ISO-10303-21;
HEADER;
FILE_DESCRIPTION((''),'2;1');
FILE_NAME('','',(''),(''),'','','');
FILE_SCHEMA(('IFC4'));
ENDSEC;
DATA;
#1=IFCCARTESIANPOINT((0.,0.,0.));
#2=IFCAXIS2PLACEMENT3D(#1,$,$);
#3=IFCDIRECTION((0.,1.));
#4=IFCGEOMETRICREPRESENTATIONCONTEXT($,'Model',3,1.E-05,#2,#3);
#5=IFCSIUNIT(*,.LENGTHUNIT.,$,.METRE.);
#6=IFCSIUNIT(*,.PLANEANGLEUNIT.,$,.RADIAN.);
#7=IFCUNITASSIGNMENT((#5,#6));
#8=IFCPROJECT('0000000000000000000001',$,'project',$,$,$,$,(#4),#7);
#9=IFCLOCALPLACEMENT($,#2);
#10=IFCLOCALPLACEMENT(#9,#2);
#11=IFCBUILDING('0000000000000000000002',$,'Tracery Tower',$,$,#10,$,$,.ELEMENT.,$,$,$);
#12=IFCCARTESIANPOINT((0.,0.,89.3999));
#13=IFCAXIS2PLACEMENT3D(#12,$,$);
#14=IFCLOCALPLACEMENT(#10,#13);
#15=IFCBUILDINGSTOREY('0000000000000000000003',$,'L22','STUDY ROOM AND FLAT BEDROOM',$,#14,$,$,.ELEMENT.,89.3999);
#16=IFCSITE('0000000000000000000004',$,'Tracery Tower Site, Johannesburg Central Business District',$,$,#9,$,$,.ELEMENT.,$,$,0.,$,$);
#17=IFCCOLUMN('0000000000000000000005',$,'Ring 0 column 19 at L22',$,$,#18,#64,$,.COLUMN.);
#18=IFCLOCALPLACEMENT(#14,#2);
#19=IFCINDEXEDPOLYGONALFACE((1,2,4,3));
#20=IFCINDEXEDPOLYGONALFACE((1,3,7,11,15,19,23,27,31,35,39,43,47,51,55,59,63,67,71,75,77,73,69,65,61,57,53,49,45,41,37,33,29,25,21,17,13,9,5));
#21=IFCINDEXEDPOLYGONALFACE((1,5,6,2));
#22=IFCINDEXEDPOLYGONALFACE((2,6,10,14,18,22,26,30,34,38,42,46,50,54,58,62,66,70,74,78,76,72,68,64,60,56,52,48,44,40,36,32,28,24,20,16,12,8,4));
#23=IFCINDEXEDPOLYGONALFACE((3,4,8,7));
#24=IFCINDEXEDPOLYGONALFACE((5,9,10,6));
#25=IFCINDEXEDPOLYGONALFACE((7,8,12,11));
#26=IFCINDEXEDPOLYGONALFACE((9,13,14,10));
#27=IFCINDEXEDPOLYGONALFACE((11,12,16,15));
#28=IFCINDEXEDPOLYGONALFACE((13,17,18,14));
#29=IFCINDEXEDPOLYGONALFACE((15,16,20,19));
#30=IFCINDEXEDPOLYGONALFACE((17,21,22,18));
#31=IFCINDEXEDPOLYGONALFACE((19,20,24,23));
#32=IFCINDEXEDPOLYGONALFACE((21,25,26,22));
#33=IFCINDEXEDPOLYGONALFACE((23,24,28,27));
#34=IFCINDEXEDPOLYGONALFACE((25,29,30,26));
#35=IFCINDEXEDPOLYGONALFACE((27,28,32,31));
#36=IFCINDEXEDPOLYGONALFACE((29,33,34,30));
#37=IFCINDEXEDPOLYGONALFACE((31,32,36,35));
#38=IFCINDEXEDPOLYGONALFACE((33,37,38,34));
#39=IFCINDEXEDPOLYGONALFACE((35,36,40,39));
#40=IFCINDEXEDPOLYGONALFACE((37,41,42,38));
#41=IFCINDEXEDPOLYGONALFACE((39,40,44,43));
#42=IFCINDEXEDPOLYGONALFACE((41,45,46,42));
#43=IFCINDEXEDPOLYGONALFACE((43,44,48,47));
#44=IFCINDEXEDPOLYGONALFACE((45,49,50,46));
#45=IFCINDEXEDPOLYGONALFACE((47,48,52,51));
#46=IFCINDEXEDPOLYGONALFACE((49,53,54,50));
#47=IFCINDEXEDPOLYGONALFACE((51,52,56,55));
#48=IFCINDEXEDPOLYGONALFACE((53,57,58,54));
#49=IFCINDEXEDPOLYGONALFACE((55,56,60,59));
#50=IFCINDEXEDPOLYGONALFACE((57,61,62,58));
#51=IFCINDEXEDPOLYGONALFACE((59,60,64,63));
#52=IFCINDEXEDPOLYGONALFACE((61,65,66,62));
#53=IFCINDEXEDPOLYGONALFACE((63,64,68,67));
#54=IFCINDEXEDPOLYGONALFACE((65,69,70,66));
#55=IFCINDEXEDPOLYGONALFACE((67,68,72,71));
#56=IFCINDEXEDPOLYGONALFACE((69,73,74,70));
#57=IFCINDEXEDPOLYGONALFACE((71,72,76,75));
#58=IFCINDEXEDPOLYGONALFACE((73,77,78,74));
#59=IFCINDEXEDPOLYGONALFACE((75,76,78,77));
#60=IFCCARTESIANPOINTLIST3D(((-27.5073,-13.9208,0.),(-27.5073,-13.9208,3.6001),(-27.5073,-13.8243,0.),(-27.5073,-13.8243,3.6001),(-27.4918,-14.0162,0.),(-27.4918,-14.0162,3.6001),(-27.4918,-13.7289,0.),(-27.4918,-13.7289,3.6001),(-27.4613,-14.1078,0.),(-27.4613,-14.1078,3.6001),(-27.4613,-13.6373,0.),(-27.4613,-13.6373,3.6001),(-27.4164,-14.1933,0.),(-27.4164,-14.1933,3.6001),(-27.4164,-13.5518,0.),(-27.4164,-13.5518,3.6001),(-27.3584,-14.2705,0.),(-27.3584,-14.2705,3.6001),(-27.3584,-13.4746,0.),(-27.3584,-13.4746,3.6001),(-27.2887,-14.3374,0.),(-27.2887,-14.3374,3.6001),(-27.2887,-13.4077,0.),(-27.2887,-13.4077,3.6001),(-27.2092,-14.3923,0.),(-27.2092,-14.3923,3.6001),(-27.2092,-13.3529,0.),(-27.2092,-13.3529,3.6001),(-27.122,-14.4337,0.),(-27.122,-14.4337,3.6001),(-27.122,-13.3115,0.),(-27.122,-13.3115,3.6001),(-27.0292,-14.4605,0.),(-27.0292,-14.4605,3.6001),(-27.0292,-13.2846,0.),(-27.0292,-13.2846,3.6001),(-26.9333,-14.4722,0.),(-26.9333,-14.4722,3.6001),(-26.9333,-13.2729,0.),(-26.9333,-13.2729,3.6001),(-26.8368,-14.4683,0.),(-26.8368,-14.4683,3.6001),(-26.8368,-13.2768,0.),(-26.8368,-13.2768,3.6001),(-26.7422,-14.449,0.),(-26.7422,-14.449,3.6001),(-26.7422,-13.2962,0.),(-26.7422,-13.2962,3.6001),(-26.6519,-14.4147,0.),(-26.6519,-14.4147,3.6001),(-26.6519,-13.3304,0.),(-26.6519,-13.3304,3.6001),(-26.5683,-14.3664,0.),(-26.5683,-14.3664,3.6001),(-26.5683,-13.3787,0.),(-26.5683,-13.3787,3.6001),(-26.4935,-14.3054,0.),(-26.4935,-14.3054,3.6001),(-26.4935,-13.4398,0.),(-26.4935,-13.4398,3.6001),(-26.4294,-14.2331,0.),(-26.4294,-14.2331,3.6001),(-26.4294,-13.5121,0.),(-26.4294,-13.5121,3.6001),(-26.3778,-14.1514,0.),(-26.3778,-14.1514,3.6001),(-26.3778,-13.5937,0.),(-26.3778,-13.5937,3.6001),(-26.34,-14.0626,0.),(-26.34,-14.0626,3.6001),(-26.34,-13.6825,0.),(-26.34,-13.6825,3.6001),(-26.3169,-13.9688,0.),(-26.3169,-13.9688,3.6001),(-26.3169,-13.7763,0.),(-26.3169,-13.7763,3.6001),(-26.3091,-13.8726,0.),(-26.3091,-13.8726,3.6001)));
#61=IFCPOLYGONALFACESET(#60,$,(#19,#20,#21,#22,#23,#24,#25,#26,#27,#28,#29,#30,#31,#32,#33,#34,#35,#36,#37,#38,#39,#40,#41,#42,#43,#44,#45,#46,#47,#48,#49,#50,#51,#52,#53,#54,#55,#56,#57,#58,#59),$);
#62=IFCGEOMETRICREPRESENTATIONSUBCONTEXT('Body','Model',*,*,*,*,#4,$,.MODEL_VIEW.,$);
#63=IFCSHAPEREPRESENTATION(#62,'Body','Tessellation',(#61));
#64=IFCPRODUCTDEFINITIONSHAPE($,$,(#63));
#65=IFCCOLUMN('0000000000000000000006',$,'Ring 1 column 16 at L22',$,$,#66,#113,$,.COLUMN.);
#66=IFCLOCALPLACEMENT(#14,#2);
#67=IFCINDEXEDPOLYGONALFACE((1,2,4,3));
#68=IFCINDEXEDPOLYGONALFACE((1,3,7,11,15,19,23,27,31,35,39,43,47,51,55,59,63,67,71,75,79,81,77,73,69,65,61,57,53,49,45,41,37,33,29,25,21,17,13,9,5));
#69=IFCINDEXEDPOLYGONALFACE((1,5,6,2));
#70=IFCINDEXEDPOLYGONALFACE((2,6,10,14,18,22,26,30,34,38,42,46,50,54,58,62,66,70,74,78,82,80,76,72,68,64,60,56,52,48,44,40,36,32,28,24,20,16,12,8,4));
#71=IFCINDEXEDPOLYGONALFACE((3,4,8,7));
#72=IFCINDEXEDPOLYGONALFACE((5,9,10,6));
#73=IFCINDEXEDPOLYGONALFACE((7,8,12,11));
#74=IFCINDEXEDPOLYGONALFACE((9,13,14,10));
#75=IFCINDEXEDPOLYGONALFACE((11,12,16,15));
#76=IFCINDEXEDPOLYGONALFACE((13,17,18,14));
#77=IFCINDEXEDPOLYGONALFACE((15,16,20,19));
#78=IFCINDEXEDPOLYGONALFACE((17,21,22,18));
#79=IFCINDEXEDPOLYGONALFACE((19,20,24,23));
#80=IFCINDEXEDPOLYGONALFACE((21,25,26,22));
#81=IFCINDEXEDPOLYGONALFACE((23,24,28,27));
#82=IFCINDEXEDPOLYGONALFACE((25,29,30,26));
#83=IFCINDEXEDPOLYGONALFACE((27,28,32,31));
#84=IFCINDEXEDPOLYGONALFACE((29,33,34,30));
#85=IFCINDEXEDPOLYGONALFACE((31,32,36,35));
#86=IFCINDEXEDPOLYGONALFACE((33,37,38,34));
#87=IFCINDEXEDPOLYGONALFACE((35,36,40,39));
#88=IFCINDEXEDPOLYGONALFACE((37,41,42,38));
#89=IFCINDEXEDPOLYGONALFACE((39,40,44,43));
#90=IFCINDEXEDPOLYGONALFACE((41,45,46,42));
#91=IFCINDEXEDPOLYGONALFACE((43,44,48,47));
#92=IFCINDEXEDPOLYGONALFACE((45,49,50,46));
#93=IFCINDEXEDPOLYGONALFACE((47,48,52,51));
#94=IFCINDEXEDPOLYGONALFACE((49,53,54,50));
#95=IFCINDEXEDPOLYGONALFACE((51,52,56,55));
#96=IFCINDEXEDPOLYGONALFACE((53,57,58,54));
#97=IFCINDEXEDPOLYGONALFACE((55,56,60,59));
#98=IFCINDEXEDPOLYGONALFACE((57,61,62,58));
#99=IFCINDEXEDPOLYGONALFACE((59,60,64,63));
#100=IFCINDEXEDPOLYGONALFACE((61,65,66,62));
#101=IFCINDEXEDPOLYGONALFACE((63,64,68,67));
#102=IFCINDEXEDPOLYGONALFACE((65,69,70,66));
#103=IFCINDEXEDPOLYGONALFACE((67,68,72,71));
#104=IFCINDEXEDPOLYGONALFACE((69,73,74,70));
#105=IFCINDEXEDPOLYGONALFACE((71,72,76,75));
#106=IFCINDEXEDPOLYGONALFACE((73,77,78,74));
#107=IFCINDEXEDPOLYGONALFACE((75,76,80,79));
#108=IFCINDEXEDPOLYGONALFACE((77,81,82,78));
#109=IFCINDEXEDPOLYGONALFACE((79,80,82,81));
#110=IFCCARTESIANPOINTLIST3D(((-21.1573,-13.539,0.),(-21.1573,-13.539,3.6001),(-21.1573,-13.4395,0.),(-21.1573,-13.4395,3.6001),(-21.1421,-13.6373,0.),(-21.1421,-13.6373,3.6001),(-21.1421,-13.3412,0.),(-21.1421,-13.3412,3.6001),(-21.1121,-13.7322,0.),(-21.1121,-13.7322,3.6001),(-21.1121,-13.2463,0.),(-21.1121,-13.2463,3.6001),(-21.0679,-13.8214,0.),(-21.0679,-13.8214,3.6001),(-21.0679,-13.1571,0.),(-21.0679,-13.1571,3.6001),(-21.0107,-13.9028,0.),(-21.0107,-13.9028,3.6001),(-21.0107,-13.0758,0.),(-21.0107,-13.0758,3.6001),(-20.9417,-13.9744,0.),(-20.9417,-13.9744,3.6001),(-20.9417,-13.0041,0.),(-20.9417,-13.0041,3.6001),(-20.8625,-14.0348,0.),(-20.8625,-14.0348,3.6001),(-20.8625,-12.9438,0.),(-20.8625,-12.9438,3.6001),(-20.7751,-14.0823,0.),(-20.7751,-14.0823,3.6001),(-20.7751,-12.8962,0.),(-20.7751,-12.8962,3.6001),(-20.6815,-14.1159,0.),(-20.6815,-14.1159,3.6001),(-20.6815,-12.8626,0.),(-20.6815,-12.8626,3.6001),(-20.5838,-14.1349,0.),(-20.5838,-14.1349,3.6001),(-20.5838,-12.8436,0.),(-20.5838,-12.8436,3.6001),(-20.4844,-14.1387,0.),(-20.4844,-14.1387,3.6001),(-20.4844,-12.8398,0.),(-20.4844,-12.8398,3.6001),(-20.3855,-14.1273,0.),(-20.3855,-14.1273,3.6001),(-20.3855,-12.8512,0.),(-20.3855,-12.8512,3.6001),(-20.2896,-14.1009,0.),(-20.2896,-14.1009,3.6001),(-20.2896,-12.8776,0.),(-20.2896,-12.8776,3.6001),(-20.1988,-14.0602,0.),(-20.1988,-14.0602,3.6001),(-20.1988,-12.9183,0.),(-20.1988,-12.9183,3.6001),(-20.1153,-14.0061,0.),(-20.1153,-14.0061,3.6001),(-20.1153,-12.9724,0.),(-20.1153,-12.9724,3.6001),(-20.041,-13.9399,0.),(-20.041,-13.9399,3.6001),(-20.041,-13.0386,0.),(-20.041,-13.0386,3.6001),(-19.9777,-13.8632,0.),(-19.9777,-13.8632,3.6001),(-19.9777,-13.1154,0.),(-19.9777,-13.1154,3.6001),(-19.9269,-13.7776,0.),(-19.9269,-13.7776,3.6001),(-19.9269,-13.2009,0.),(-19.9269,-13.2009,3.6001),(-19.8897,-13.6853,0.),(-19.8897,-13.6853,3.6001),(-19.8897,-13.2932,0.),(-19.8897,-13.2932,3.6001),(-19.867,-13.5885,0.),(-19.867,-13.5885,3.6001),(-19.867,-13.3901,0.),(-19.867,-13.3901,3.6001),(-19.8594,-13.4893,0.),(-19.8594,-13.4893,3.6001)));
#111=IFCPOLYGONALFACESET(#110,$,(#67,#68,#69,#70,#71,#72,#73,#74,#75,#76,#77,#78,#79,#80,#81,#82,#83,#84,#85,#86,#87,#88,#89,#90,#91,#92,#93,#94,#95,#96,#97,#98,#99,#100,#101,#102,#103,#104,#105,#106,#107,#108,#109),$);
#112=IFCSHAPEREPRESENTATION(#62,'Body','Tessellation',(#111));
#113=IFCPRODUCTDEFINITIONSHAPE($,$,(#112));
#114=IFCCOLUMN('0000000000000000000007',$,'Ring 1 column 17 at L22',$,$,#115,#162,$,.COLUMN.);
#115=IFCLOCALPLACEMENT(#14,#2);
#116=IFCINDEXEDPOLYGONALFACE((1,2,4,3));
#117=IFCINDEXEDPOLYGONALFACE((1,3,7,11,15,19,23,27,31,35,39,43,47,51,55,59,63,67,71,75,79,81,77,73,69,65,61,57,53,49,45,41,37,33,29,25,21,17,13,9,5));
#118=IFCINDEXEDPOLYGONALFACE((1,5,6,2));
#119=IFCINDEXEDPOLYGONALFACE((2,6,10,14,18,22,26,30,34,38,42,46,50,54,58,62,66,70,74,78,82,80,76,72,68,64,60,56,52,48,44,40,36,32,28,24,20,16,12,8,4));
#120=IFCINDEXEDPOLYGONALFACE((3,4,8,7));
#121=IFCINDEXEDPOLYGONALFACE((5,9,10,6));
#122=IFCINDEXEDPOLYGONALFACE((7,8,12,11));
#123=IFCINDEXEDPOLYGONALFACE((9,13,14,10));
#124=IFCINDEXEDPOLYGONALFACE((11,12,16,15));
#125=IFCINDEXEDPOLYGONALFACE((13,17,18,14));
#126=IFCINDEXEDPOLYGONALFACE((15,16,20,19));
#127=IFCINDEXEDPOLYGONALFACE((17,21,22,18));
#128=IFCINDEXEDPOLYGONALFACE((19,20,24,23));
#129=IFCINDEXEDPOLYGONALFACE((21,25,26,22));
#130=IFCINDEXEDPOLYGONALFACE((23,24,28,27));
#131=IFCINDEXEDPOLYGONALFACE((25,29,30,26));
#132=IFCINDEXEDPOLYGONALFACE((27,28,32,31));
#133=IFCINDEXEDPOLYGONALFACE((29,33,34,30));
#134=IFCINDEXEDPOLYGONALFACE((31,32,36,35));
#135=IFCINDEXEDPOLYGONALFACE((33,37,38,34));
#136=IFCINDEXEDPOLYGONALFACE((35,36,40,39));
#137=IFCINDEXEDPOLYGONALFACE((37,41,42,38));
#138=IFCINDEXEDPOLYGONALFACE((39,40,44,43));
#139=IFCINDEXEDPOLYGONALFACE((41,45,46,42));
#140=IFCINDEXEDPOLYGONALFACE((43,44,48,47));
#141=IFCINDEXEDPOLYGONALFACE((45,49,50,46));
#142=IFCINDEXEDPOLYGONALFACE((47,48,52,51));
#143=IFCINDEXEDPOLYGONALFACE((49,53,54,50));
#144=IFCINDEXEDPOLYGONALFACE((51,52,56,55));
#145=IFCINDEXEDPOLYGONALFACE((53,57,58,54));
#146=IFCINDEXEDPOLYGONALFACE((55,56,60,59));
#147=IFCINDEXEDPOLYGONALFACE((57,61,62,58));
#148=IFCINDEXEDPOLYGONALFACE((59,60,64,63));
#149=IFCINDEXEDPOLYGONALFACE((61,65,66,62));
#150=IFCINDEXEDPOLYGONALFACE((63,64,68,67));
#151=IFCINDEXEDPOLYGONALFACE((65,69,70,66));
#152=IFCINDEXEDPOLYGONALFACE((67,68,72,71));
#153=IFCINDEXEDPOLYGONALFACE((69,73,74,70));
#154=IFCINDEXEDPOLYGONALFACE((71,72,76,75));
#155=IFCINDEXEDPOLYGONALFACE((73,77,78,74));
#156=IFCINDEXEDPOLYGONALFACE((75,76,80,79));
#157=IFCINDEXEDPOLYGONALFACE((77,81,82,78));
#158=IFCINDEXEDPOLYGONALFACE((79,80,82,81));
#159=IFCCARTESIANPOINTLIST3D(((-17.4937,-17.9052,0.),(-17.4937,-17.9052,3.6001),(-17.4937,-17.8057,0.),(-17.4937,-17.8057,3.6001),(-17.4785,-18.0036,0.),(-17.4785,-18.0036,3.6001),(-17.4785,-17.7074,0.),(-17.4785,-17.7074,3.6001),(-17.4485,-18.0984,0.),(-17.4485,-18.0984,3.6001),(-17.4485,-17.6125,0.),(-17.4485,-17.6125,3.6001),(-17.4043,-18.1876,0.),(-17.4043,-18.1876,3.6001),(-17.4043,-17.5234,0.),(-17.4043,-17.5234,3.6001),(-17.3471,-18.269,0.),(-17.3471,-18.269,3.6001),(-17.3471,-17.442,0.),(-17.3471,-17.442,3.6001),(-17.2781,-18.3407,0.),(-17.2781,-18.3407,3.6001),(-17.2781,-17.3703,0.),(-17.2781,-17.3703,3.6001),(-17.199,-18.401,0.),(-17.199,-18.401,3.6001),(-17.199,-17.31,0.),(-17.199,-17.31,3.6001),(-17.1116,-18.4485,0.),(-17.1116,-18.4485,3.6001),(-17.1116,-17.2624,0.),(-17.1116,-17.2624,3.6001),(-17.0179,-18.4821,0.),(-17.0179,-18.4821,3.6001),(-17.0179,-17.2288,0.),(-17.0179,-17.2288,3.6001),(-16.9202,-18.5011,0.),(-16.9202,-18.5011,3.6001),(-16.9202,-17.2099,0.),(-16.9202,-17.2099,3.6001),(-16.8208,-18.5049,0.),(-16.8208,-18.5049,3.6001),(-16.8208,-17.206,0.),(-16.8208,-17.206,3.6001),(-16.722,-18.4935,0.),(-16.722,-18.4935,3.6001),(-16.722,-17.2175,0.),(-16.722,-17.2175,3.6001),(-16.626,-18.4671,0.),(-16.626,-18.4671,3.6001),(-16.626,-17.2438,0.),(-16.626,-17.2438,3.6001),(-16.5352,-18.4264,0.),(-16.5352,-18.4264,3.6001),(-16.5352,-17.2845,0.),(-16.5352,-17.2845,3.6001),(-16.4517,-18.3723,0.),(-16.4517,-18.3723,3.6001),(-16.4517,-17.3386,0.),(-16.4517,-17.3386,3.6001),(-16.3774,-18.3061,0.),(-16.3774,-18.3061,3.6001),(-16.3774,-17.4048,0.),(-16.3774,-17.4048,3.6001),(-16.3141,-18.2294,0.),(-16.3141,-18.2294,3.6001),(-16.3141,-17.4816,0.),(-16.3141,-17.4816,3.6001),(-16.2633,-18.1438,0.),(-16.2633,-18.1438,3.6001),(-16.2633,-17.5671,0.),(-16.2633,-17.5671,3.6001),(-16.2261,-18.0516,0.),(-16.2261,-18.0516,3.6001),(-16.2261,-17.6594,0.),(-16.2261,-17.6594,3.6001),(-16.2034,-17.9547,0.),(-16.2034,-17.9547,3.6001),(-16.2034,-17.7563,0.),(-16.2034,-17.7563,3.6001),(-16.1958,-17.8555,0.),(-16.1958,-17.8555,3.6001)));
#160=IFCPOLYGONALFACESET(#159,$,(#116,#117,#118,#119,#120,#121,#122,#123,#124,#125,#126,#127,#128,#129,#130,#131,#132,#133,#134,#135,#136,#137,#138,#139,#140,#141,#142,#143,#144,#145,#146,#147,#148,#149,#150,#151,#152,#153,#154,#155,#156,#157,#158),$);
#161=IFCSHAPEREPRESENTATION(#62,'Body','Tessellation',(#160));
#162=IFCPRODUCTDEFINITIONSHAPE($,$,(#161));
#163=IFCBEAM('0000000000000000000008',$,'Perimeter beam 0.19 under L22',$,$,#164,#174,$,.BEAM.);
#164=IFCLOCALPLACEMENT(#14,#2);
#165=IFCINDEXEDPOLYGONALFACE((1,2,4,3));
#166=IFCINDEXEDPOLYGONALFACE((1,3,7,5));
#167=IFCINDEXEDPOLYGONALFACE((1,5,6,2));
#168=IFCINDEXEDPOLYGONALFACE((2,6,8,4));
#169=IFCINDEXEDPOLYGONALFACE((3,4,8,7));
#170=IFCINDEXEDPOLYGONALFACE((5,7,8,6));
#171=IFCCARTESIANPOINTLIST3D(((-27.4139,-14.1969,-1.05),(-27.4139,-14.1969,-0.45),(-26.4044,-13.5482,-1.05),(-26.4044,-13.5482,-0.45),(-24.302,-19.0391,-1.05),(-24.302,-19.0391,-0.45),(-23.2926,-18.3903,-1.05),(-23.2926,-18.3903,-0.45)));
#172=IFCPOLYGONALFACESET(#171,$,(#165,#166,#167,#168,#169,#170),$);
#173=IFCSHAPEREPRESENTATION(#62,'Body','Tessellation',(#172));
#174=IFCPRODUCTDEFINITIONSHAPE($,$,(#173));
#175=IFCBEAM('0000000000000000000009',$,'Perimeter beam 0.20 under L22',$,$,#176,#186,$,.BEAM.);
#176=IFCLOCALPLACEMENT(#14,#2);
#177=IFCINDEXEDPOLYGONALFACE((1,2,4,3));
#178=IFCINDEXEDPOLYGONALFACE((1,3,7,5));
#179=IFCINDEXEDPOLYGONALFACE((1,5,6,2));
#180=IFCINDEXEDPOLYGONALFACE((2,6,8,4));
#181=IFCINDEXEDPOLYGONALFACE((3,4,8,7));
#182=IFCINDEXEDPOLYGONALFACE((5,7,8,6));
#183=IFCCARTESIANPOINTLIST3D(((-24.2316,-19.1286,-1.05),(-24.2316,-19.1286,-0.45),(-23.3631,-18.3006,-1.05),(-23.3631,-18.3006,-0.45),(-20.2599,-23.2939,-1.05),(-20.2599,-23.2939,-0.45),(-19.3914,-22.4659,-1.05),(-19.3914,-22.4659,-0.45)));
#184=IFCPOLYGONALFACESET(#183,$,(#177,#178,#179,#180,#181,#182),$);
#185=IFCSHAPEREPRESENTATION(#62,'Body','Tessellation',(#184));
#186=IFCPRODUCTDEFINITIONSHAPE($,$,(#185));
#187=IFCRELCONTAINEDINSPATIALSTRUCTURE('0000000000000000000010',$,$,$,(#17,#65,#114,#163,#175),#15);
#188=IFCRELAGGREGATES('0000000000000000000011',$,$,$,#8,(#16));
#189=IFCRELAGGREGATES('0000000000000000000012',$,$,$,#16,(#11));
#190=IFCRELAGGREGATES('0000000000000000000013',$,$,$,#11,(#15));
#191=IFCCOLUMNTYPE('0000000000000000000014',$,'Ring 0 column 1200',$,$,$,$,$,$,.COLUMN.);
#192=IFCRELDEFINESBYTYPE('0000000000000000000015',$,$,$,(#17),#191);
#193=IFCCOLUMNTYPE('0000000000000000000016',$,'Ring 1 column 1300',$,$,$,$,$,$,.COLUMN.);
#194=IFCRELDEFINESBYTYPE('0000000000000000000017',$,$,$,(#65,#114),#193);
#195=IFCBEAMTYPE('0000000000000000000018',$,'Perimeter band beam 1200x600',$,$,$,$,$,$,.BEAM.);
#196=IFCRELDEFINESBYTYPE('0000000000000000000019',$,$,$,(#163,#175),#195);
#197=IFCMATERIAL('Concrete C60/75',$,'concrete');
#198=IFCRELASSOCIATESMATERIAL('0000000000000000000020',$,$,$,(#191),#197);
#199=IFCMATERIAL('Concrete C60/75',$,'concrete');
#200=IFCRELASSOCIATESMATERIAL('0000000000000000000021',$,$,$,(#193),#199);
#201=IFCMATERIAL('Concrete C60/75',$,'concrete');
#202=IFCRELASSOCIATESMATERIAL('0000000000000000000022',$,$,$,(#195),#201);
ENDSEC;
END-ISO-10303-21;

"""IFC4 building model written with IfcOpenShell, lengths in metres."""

from ifc_helpers import new_model, si_unit, direction, frame, origin, origin_2d, place, context, subcontext, project, spatial, rectangle, circle, extrude, material, material_profile, profile_set, type_object, element, save


model = new_model("IFC4")

# Units and contexts
model_context = context("Model", 3, precision=1e-05, world=origin(), true_north=direction((0.0, 1.0)))
body_context = subcontext(model_context, "Body", "Model", "MODEL_VIEW")
ifc_project = project(units=[si_unit("LENGTHUNIT", "METRE"), si_unit("PLANEANGLEUNIT", "RADIAN")], contexts=[model_context])

# Site, building, storey
site_placement = place(None, origin())
site = spatial("IfcSite", under=ifc_project, at=site_placement, Name="Tracery Tower Site, Johannesburg Central Business District", CompositionType="ELEMENT", RefElevation=0.0)
building_placement = place(site_placement, origin())
building = spatial("IfcBuilding", under=site, at=building_placement, Name="Tracery Tower", CompositionType="ELEMENT")
storey_placement = place(building_placement, frame((0.0, 0.0, 89.3999)))
storey = spatial("IfcBuildingStorey", under=building, at=storey_placement, Name="L22", Description="STUDY ROOM AND FLAT BEDROOM", CompositionType="ELEMENT", Elevation=89.3999)

# Columns
ifc_material_1 = material(Name="Concrete C60/75", Category="concrete")
ifc_material_profile_1 = material_profile(ifc_material_1, circle(Radius=0.6001, at=origin_2d()), Name="RC D1200")
ifc_profile_set_1 = profile_set([ifc_material_profile_1], Name="Concrete C60/75")
column_type_1 = type_object("IfcColumnType", Name="Ring 0 column 1200", PredefinedType="COLUMN", material=ifc_profile_set_1)
column_placement = place(storey_placement, frame((-26.9092, -13.8726, 0.0), z_axis=(0.0, 0.0, 1.0), x_axis=(1.0, 0.0, 0.0)))
element("IfcColumn", 1, at=column_placement, inside=storey, type_object=column_type_1, Name="Ring 0 column 19 at L22", PredefinedType="COLUMN", context=body_context, shape_type="SweptSolid", body=[
    extrude(circle(Radius=0.6001, at=origin_2d()), origin(), (0.0, 0.0, 1.0), 3.6001),
])
ifc_material_2 = material(Name="Concrete C60/75", Category="concrete")
ifc_material_profile_2 = material_profile(ifc_material_2, circle(Radius=0.6499, at=origin_2d()), Name="RC D1300")
ifc_profile_set_2 = profile_set([ifc_material_profile_2], Name="Concrete C60/75")
column_type_2 = type_object("IfcColumnType", Name="Ring 1 column 1300", PredefinedType="COLUMN", material=ifc_profile_set_2)
for number, where, z_axis, x_axis, name in (
    (2, (-20.5093, -13.4893, 0.0), (0.0, 0.0, 1.0), (1.0, 0.0, 0.0), "Ring 1 column 16 at L22"),
    (3, (-16.8457, -17.8555, 0.0), (0.0, 0.0, 1.0), (1.0, 0.0, 0.0), "Ring 1 column 17 at L22"),
):
    element("IfcColumn", number, at=place(storey_placement, frame(where, z_axis=z_axis, x_axis=x_axis)), inside=storey, type_object=column_type_2, Name=name, PredefinedType="COLUMN", context=body_context, shape_type="SweptSolid", body=[
        extrude(circle(Radius=0.6499, at=origin_2d()), origin(), (0.0, 0.0, 1.0), 3.6001),
    ])

# Beams
ifc_material_3 = material(Name="Concrete C60/75", Category="concrete")
ifc_material_profile_3 = material_profile(ifc_material_3, rectangle(XDim=1.2, YDim=0.6001, at=origin_2d()), Name="RC 1200x600")
ifc_profile_set_3 = profile_set([ifc_material_profile_3], Name="Concrete C60/75")
beam_type = type_object("IfcBeamType", Name="Perimeter band beam 1200x600", PredefinedType="BEAM", material=ifc_profile_set_3)
beam_1_placement = place(storey_placement, frame((-26.9092, -13.8726, -0.75), z_axis=(0.540644, -0.841252, 0.0), x_axis=(0.841252, 0.540644, 0.0)))
element("IfcBeam", 4, at=beam_1_placement, inside=storey, type_object=beam_type, Name="Perimeter beam 0.19 under L22", PredefinedType="BEAM", context=body_context, shape_type="SweptSolid", body=[
    extrude(rectangle(XDim=1.2, YDim=0.6001, at=origin_2d()), origin(), (0.0, 0.0, 1.0), 5.7559),
])
beam_2_placement = place(storey_placement, frame((-23.7974, -18.7146, -0.75), z_axis=(0.690087, -0.723726, 0.0), x_axis=(0.723726, 0.690087, 0.0)))
element("IfcBeam", 5, at=beam_2_placement, inside=storey, type_object=beam_type, Name="Perimeter beam 0.20 under L22", PredefinedType="BEAM", context=body_context, shape_type="SweptSolid", body=[
    extrude(rectangle(XDim=1.2, YDim=0.6001, at=origin_2d()), origin(), (0.0, 0.0, 1.0), 5.7554),
])

save(model, "model.ifc")
